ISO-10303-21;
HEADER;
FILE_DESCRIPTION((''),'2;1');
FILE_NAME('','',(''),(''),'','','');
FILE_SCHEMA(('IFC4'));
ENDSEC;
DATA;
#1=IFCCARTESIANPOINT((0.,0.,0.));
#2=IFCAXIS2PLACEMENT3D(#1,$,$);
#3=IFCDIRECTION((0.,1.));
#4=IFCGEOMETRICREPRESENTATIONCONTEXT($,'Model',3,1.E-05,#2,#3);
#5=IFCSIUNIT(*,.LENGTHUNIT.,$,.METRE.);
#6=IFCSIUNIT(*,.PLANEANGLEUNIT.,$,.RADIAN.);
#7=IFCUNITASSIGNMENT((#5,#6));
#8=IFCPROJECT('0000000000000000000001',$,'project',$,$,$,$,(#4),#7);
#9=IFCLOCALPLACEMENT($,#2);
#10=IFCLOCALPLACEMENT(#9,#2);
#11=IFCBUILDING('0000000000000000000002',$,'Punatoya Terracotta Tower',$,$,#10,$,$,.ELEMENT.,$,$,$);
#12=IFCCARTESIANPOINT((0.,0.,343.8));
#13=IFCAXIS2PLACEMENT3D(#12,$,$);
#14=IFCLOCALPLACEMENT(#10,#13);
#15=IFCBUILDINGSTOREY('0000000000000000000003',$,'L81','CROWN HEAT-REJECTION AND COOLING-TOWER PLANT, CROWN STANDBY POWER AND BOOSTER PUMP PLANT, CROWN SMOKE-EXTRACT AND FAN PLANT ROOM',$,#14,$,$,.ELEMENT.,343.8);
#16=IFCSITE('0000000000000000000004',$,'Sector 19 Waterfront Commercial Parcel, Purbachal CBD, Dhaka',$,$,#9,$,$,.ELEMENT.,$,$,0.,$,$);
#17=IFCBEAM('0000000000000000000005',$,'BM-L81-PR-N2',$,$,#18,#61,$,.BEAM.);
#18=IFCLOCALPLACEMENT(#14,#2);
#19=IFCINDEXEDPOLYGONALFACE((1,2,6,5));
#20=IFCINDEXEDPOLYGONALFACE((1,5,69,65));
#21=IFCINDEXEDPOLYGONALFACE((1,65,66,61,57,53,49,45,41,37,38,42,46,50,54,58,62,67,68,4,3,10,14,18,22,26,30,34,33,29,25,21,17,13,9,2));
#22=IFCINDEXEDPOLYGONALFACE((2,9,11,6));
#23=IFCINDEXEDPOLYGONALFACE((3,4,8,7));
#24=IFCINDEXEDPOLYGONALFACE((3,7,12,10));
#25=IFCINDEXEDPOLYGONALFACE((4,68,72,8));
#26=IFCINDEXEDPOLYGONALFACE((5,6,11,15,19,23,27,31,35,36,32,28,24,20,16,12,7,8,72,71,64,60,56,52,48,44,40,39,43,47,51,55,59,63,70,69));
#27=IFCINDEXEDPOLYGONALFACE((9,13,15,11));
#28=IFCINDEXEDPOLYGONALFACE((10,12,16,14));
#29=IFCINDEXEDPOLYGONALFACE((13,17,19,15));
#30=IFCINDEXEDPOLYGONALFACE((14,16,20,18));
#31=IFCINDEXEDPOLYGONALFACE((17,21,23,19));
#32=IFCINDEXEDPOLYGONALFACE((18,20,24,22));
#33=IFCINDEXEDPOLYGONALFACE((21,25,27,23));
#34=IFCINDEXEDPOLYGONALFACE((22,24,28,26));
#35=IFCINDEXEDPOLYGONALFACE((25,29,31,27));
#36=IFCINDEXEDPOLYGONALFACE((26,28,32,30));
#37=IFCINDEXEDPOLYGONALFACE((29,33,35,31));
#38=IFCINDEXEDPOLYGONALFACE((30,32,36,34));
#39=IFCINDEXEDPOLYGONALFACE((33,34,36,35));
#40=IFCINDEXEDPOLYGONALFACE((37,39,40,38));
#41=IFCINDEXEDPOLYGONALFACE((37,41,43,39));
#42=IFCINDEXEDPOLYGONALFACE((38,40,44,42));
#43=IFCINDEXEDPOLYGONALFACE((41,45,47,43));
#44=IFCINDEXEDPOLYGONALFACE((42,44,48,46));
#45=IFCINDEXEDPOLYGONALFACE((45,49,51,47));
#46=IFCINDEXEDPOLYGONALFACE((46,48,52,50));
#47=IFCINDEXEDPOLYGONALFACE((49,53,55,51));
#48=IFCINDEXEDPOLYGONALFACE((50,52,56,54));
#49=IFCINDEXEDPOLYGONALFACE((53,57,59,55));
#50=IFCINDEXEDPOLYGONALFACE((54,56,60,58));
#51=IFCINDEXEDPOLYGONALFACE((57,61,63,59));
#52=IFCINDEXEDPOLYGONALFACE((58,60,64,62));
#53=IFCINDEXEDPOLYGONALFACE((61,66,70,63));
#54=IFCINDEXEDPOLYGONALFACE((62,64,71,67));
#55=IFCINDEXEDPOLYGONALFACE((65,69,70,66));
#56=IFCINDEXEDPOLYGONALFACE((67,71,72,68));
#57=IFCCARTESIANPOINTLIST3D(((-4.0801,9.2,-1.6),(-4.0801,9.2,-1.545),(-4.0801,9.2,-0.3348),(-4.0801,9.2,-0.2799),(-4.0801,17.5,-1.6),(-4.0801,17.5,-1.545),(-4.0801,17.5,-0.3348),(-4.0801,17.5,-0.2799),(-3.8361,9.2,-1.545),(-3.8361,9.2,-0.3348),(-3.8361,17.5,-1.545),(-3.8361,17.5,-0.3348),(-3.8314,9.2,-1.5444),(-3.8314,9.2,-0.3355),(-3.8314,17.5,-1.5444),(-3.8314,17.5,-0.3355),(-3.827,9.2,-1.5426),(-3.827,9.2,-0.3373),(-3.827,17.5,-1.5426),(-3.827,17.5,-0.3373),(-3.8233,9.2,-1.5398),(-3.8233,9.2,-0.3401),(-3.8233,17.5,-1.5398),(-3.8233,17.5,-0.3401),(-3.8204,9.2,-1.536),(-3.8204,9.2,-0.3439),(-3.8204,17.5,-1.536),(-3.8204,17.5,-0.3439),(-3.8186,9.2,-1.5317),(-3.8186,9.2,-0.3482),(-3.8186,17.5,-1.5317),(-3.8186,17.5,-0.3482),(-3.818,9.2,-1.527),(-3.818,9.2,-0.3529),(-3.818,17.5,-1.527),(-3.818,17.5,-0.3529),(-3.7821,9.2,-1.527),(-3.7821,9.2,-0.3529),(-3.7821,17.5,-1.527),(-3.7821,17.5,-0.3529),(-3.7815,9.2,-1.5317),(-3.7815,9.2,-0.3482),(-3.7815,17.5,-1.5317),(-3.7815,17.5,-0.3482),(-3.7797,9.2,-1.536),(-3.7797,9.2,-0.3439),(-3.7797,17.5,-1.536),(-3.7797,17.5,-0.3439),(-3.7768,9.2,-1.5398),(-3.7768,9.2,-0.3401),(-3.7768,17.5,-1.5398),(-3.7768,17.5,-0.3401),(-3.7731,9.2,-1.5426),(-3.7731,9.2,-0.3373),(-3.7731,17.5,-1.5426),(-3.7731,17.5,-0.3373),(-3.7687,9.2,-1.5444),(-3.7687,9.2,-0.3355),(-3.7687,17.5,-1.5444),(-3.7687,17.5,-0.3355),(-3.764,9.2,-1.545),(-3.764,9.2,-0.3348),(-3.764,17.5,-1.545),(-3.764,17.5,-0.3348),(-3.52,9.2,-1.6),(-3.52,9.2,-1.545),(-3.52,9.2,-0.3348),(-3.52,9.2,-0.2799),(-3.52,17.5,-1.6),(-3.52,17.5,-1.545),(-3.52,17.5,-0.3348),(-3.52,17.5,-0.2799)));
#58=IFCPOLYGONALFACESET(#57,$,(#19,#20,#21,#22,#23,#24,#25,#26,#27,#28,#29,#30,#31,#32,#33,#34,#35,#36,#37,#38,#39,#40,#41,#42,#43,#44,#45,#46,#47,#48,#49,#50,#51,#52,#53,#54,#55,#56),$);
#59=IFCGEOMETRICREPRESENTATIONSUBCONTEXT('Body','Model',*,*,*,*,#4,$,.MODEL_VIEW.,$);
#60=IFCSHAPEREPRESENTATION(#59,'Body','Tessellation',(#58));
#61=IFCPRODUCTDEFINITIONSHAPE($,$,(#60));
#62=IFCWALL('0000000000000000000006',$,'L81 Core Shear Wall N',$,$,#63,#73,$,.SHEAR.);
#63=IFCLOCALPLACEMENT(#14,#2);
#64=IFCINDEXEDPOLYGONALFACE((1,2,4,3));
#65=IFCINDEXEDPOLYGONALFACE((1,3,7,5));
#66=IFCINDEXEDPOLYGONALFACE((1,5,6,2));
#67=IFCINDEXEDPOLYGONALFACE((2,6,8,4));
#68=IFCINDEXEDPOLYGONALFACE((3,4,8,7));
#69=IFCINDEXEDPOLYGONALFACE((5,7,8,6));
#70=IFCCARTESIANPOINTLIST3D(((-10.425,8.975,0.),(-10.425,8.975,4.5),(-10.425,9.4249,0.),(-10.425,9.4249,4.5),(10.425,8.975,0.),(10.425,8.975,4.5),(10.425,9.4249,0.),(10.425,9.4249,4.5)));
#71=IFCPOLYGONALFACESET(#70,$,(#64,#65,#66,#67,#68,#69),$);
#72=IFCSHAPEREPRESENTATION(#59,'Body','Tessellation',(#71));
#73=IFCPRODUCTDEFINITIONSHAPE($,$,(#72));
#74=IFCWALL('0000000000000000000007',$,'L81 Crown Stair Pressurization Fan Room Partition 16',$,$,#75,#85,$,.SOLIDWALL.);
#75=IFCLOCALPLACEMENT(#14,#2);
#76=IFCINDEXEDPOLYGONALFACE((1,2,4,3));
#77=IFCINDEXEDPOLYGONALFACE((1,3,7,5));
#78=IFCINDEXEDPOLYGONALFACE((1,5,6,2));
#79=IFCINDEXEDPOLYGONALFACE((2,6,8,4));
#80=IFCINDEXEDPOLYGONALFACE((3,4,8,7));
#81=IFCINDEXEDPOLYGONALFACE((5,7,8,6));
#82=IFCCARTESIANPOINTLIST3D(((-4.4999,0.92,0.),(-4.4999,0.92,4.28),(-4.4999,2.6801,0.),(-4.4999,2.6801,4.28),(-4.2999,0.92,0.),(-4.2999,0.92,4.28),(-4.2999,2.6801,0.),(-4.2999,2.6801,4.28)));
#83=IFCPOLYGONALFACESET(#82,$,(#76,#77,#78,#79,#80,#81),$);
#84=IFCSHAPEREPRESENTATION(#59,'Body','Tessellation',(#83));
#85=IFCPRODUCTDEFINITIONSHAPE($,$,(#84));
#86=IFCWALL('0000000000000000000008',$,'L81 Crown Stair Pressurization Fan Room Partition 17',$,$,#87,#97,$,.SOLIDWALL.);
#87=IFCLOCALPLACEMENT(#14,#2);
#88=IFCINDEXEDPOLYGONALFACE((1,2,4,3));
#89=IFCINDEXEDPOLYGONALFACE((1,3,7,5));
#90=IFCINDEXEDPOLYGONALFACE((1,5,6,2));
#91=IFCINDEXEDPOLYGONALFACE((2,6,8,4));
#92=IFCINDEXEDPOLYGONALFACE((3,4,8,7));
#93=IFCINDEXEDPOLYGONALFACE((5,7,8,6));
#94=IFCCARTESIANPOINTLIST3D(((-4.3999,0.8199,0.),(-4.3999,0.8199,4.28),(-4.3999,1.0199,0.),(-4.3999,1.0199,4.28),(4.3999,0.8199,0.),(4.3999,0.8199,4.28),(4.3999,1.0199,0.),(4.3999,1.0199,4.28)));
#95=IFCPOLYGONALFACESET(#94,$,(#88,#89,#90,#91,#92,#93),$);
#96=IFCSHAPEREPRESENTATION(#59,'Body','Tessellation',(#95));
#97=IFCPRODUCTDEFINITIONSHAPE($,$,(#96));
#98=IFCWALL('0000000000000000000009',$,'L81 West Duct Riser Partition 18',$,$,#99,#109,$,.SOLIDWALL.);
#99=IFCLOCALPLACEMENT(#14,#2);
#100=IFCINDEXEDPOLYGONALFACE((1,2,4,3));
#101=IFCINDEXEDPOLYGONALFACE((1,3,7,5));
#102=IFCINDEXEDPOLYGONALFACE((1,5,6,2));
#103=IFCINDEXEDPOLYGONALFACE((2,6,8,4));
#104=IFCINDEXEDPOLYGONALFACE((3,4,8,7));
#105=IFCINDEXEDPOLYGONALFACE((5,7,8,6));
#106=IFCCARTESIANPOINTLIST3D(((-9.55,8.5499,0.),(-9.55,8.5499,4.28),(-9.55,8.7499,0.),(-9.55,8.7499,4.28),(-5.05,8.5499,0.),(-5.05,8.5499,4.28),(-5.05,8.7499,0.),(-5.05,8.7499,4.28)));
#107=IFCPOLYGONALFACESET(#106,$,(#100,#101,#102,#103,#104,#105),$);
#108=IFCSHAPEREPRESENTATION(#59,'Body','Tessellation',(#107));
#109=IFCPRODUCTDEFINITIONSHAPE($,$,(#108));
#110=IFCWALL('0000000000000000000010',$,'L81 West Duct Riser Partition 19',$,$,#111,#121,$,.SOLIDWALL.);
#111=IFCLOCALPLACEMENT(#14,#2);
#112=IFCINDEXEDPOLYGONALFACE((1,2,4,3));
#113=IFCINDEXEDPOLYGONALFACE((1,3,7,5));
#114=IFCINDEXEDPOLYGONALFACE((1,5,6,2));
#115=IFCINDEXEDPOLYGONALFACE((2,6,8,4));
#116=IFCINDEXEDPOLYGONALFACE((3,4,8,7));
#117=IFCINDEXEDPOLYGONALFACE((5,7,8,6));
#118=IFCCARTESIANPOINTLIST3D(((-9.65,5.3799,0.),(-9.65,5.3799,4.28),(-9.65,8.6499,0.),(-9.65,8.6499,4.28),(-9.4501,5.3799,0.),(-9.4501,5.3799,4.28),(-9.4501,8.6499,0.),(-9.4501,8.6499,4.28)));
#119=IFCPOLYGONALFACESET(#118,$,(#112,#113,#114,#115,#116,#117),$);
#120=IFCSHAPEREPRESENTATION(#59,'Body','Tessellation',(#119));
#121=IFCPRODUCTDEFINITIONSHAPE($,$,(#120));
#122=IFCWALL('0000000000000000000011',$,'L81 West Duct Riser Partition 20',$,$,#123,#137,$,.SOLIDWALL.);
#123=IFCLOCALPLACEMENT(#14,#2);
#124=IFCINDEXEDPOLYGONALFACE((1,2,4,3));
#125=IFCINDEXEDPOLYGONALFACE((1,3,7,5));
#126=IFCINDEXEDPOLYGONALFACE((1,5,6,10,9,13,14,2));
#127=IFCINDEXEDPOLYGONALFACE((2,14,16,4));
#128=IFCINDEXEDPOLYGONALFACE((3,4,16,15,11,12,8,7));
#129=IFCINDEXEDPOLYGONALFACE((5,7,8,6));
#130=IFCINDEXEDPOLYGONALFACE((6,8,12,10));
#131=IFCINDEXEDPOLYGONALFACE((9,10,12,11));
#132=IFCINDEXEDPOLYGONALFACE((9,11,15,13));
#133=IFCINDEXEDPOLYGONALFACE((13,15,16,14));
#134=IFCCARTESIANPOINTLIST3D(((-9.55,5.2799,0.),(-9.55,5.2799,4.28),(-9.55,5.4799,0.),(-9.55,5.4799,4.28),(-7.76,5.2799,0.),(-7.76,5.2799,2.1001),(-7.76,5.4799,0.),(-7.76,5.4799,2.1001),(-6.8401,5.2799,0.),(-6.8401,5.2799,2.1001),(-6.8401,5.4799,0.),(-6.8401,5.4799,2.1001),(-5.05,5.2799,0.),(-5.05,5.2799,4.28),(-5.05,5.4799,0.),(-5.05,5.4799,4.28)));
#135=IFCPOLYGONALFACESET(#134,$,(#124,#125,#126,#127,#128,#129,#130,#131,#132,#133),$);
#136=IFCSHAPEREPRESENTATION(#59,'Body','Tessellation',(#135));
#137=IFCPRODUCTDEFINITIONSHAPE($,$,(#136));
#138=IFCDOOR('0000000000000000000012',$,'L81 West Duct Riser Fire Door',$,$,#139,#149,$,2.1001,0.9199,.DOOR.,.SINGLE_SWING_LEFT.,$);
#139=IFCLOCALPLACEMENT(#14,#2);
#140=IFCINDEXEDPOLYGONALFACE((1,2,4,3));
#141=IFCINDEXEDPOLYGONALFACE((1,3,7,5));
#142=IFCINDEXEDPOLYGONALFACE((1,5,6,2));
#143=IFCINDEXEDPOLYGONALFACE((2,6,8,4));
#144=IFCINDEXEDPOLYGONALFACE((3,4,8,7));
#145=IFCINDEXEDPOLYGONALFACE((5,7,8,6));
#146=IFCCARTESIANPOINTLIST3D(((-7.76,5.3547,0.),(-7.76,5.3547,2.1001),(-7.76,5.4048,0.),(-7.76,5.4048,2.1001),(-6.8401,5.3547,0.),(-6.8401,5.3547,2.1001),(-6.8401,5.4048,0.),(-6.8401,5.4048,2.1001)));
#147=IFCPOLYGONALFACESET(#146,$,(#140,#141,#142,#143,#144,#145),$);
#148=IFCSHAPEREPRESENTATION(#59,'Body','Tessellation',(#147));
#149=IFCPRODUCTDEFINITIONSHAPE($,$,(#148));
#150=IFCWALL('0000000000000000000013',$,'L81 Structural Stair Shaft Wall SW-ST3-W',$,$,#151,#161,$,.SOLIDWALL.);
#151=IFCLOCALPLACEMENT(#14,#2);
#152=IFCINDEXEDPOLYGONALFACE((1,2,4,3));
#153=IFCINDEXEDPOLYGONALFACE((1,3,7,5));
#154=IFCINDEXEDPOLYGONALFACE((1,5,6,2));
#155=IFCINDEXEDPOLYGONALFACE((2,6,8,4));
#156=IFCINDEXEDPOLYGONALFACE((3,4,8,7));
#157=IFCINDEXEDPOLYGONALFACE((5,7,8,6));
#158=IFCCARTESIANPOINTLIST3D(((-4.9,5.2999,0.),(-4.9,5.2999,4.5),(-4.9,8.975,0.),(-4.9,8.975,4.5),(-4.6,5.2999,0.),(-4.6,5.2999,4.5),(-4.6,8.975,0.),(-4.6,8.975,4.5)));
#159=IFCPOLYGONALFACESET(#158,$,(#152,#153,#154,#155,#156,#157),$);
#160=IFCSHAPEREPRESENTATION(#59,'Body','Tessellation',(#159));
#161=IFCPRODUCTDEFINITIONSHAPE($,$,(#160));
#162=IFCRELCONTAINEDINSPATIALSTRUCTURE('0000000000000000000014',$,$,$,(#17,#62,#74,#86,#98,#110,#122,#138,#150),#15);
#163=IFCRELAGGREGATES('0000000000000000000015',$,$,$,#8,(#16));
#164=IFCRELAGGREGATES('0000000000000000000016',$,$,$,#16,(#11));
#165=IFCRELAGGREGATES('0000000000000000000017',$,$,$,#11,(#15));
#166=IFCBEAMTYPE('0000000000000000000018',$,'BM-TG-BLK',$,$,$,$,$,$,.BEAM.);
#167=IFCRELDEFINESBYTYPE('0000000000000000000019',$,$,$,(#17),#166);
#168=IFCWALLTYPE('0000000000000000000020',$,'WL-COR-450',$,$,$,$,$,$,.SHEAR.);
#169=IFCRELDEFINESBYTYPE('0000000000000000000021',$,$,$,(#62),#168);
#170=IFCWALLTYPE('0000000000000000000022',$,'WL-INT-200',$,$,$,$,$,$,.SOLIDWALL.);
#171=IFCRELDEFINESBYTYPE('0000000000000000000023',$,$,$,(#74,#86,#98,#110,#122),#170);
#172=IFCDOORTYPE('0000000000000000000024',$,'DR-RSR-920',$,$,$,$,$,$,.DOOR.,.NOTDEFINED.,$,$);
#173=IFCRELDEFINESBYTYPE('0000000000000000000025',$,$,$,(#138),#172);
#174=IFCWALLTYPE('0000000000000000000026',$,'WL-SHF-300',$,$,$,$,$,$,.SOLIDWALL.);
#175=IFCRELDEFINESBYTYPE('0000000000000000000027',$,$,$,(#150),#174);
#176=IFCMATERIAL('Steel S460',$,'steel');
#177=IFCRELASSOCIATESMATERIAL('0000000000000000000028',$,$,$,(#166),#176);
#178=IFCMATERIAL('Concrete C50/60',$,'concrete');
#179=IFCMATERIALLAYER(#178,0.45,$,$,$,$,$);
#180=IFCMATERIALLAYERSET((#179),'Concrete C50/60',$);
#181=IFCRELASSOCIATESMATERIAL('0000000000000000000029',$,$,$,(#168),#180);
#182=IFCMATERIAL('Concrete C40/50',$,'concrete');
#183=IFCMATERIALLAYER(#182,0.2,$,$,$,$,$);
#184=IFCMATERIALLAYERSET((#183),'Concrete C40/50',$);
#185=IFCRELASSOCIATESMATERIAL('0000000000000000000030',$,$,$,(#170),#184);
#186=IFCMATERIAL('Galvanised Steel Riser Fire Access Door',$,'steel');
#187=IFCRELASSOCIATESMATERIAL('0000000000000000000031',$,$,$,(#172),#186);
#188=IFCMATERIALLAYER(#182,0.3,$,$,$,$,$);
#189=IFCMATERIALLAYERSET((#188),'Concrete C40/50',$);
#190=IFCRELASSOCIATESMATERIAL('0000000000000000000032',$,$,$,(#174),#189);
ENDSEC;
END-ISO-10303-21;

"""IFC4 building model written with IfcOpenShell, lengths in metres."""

from ifc_helpers import new_model, si_unit, direction, frame, frame_2d, origin, origin_2d, place, context, subcontext, project, spatial, rectangle, i_section, extrude, material, layer, layer_set, material_profile, profile_set, type_object, element, fill, save


model = new_model("IFC4")

# Units and contexts
model_context = context("Model", 3, precision=1e-05, world=origin(), true_north=direction((0.0, 1.0)))
body_context = subcontext(model_context, "Body", "Model", "MODEL_VIEW")
ifc_project = project(units=[si_unit("LENGTHUNIT", "METRE"), si_unit("PLANEANGLEUNIT", "RADIAN")], contexts=[model_context])

# Site, building, storey
site_placement = place(None, origin())
site = spatial("IfcSite", under=ifc_project, at=site_placement, Name="Sector 19 Waterfront Commercial Parcel, Purbachal CBD, Dhaka", CompositionType="ELEMENT", RefElevation=0.0)
building_placement = place(site_placement, origin())
building = spatial("IfcBuilding", under=site, at=building_placement, Name="Punatoya Terracotta Tower", CompositionType="ELEMENT")
storey_placement = place(building_placement, frame((0.0, 0.0, 343.8)))
storey = spatial("IfcBuildingStorey", under=building, at=storey_placement, Name="L81", Description="CROWN HEAT-REJECTION AND COOLING-TOWER PLANT, CROWN STANDBY POWER AND BOOSTER PUMP PLANT, CROWN SMOKE-EXTRACT AND FAN PLANT ROOM", CompositionType="ELEMENT", Elevation=343.8)

# Beam
ifc_material_1 = material(Name="Concrete C50/60", Category="concrete")
ifc_material_2 = material(Name="Steel S460", Category="steel")
ifc_material_profile_1 = material_profile(ifc_material_2, i_section(OverallWidth=0.5601, OverallDepth=1.3201, WebThickness=0.0359, FlangeThickness=0.0549, FilletRadius=0.0181, at=origin_2d()))
ifc_profile_set_1 = profile_set([ifc_material_profile_1], Name="Steel S460")
beam_type_1 = type_object("IfcBeamType", Name="BM-TG-BLK", PredefinedType="BEAM", material=ifc_profile_set_1)
for number, where, z_axis, x_axis, name in (
    (1, (-3.8, 9.2, -0.9399), (0.0, 1.0, 0.0), (-1.0, 0.0, 0.0), "BM-L81-PR-N2"),
):
    element("IfcBeam", number, at=place(storey_placement, frame(where, z_axis=z_axis, x_axis=x_axis)), inside=storey, type_object=beam_type_1, Name=name, PredefinedType="BEAM", context=body_context, shape_type="SweptSolid", body=[
        extrude(i_section(OverallWidth=0.5601, OverallDepth=1.3201, WebThickness=0.0359, FlangeThickness=0.0549, FilletRadius=0.0181, at=origin_2d()), origin(), (0.0, 0.0, 1.0), 8.3),
    ])

# Walls
ifc_layer_1 = layer(ifc_material_1, 0.45)
ifc_layer_set_1 = layer_set([ifc_layer_1], Name="Concrete C50/60")
wall_type_1 = type_object("IfcWallType", Name="WL-COR-450", PredefinedType="SHEAR", material=ifc_layer_set_1)
wall_1_placement = place(storey_placement, frame((-10.425, 9.2, 0.0), z_axis=(0.0, 0.0, 1.0), x_axis=(1.0, 0.0, 0.0)))
element("IfcWall", 2, at=wall_1_placement, inside=storey, type_object=wall_type_1, Name="L81 Core Shear Wall N", PredefinedType="SHEAR", context=body_context, shape_type="SweptSolid", body=[
    extrude(rectangle(XDim=20.8501, YDim=0.45, at=frame_2d((10.425, 0.0))), origin(), (0.0, 0.0, 1.0), 4.5),
])
ifc_material_3 = material(Name="Concrete C40/50", Category="concrete")
ifc_layer_2 = layer(ifc_material_3, 0.2)
ifc_layer_set_2 = layer_set([ifc_layer_2], Name="Concrete C40/50")
wall_type_2 = type_object("IfcWallType", Name="WL-INT-200", PredefinedType="SOLIDWALL", material=ifc_layer_set_2)
wall_2_placement = place(storey_placement, frame((-4.3999, 2.6799, 0.0), z_axis=(0.0, 0.0, 1.0), x_axis=(0.0, -1.0, 0.0)))
element("IfcWall", 3, at=wall_2_placement, inside=storey, type_object=wall_type_2, Name="L81 Crown Stair Pressurization Fan Room Partition 16", PredefinedType="SOLIDWALL", context=body_context, shape_type="SweptSolid", body=[
    extrude(rectangle(XDim=1.76, YDim=0.2, at=frame_2d((0.8799, 0.0))), origin(), (0.0, 0.0, 1.0), 4.28),
])
wall_3_placement = place(storey_placement, frame((-4.3999, 0.9199, 0.0), z_axis=(0.0, 0.0, 1.0), x_axis=(1.0, 0.0, 0.0)))
element("IfcWall", 4, at=wall_3_placement, inside=storey, type_object=wall_type_2, Name="L81 Crown Stair Pressurization Fan Room Partition 17", PredefinedType="SOLIDWALL", context=body_context, shape_type="SweptSolid", body=[
    extrude(rectangle(XDim=8.7998, YDim=0.2, at=frame_2d((4.3999, 0.0))), origin(), (0.0, 0.0, 1.0), 4.28),
])
wall_4_placement = place(storey_placement, frame((-5.05, 8.6499, 0.0), z_axis=(0.0, 0.0, 1.0), x_axis=(-1.0, 0.0, 0.0)))
element("IfcWall", 5, at=wall_4_placement, inside=storey, type_object=wall_type_2, Name="L81 West Duct Riser Partition 18", PredefinedType="SOLIDWALL", context=body_context, shape_type="SweptSolid", body=[
    extrude(rectangle(XDim=4.5, YDim=0.2, at=frame_2d((2.25, 0.0))), origin(), (0.0, 0.0, 1.0), 4.28),
])
wall_5_placement = place(storey_placement, frame((-9.55, 8.6499, 0.0), z_axis=(0.0, 0.0, 1.0), x_axis=(0.0, -1.0, 0.0)))
element("IfcWall", 6, at=wall_5_placement, inside=storey, type_object=wall_type_2, Name="L81 West Duct Riser Partition 19", PredefinedType="SOLIDWALL", context=body_context, shape_type="SweptSolid", body=[
    extrude(rectangle(XDim=3.27, YDim=0.2, at=frame_2d((1.635, 0.0))), origin(), (0.0, 0.0, 1.0), 4.28),
])

# Wall, opening, door
wall_6_placement = place(storey_placement, frame((-9.55, 5.3799, 0.0), z_axis=(0.0, 0.0, 1.0), x_axis=(1.0, 0.0, 0.0)))
wall_6 = element("IfcWall", 7, at=wall_6_placement, inside=storey, type_object=wall_type_2, Name="L81 West Duct Riser Partition 20", PredefinedType="SOLIDWALL", context=body_context, shape_type="SweptSolid", body=[
    extrude(rectangle(XDim=4.5, YDim=0.2, at=frame_2d((2.25, 0.0))), origin(), (0.0, 0.0, 1.0), 4.28),
])
opening_1_placement = place(wall_6_placement, frame((1.79, 0.0, 0.0)))
opening_1 = element("IfcOpeningElement", 8, at=opening_1_placement, cuts=wall_6, PredefinedType="OPENING", context=body_context, shape_type="SweptSolid", body=[
    extrude(rectangle(XDim=0.9199, YDim=2.1001, at=frame_2d((0.46, 1.05))), frame((0.0, 0.1099, 0.0), z_axis=(0.0, -1.0, 0.0), x_axis=(1.0, 0.0, 0.0)), (0.0, 0.0, 1.0), 0.22),
])
ifc_material_4 = material(Name="Galvanised Steel Riser Fire Access Door", Category="steel")
door_type_1 = type_object("IfcDoorType", Name="DR-RSR-920", OperationType="NOTDEFINED", PredefinedType="DOOR", material=ifc_material_4)
door_1_placement = place(opening_1_placement, origin())
door_1 = element("IfcDoor", 9, at=door_1_placement, inside=storey, type_object=door_type_1, Name="L81 West Duct Riser Fire Door", OperationType="SINGLE_SWING_LEFT", OverallHeight=2.1001, OverallWidth=0.9199, PredefinedType="DOOR", context=body_context, shape_type="SweptSolid", body=[
    extrude(rectangle(XDim=0.9199, YDim=2.1001, at=frame_2d((0.46, 1.05))), frame((0.0, 0.0249, 0.0), z_axis=(0.0, -1.0, 0.0), x_axis=(1.0, 0.0, 0.0)), (0.0, 0.0, 1.0), 0.05),
])
fill(opening_1, door_1)

# Wall
ifc_layer_3 = layer(ifc_material_3, 0.3)
ifc_layer_set_3 = layer_set([ifc_layer_3], Name="Concrete C40/50")
wall_type_3 = type_object("IfcWallType", Name="WL-SHF-300", PredefinedType="SOLIDWALL", material=ifc_layer_set_3)
wall_7_placement = place(storey_placement, frame((-4.75, 5.3, 0.0), z_axis=(0.0, 0.0, 1.0), x_axis=(0.0, 1.0, 0.0)))
element("IfcWall", 10, at=wall_7_placement, inside=storey, type_object=wall_type_3, Name="L81 Structural Stair Shaft Wall SW-ST3-W", PredefinedType="SOLIDWALL", context=body_context, shape_type="SweptSolid", body=[
    extrude(rectangle(XDim=3.675, YDim=0.3, at=frame_2d((1.8374, 0.0))), origin(), (0.0, 0.0, 1.0), 4.5),
])

save(model, "model.ifc")
